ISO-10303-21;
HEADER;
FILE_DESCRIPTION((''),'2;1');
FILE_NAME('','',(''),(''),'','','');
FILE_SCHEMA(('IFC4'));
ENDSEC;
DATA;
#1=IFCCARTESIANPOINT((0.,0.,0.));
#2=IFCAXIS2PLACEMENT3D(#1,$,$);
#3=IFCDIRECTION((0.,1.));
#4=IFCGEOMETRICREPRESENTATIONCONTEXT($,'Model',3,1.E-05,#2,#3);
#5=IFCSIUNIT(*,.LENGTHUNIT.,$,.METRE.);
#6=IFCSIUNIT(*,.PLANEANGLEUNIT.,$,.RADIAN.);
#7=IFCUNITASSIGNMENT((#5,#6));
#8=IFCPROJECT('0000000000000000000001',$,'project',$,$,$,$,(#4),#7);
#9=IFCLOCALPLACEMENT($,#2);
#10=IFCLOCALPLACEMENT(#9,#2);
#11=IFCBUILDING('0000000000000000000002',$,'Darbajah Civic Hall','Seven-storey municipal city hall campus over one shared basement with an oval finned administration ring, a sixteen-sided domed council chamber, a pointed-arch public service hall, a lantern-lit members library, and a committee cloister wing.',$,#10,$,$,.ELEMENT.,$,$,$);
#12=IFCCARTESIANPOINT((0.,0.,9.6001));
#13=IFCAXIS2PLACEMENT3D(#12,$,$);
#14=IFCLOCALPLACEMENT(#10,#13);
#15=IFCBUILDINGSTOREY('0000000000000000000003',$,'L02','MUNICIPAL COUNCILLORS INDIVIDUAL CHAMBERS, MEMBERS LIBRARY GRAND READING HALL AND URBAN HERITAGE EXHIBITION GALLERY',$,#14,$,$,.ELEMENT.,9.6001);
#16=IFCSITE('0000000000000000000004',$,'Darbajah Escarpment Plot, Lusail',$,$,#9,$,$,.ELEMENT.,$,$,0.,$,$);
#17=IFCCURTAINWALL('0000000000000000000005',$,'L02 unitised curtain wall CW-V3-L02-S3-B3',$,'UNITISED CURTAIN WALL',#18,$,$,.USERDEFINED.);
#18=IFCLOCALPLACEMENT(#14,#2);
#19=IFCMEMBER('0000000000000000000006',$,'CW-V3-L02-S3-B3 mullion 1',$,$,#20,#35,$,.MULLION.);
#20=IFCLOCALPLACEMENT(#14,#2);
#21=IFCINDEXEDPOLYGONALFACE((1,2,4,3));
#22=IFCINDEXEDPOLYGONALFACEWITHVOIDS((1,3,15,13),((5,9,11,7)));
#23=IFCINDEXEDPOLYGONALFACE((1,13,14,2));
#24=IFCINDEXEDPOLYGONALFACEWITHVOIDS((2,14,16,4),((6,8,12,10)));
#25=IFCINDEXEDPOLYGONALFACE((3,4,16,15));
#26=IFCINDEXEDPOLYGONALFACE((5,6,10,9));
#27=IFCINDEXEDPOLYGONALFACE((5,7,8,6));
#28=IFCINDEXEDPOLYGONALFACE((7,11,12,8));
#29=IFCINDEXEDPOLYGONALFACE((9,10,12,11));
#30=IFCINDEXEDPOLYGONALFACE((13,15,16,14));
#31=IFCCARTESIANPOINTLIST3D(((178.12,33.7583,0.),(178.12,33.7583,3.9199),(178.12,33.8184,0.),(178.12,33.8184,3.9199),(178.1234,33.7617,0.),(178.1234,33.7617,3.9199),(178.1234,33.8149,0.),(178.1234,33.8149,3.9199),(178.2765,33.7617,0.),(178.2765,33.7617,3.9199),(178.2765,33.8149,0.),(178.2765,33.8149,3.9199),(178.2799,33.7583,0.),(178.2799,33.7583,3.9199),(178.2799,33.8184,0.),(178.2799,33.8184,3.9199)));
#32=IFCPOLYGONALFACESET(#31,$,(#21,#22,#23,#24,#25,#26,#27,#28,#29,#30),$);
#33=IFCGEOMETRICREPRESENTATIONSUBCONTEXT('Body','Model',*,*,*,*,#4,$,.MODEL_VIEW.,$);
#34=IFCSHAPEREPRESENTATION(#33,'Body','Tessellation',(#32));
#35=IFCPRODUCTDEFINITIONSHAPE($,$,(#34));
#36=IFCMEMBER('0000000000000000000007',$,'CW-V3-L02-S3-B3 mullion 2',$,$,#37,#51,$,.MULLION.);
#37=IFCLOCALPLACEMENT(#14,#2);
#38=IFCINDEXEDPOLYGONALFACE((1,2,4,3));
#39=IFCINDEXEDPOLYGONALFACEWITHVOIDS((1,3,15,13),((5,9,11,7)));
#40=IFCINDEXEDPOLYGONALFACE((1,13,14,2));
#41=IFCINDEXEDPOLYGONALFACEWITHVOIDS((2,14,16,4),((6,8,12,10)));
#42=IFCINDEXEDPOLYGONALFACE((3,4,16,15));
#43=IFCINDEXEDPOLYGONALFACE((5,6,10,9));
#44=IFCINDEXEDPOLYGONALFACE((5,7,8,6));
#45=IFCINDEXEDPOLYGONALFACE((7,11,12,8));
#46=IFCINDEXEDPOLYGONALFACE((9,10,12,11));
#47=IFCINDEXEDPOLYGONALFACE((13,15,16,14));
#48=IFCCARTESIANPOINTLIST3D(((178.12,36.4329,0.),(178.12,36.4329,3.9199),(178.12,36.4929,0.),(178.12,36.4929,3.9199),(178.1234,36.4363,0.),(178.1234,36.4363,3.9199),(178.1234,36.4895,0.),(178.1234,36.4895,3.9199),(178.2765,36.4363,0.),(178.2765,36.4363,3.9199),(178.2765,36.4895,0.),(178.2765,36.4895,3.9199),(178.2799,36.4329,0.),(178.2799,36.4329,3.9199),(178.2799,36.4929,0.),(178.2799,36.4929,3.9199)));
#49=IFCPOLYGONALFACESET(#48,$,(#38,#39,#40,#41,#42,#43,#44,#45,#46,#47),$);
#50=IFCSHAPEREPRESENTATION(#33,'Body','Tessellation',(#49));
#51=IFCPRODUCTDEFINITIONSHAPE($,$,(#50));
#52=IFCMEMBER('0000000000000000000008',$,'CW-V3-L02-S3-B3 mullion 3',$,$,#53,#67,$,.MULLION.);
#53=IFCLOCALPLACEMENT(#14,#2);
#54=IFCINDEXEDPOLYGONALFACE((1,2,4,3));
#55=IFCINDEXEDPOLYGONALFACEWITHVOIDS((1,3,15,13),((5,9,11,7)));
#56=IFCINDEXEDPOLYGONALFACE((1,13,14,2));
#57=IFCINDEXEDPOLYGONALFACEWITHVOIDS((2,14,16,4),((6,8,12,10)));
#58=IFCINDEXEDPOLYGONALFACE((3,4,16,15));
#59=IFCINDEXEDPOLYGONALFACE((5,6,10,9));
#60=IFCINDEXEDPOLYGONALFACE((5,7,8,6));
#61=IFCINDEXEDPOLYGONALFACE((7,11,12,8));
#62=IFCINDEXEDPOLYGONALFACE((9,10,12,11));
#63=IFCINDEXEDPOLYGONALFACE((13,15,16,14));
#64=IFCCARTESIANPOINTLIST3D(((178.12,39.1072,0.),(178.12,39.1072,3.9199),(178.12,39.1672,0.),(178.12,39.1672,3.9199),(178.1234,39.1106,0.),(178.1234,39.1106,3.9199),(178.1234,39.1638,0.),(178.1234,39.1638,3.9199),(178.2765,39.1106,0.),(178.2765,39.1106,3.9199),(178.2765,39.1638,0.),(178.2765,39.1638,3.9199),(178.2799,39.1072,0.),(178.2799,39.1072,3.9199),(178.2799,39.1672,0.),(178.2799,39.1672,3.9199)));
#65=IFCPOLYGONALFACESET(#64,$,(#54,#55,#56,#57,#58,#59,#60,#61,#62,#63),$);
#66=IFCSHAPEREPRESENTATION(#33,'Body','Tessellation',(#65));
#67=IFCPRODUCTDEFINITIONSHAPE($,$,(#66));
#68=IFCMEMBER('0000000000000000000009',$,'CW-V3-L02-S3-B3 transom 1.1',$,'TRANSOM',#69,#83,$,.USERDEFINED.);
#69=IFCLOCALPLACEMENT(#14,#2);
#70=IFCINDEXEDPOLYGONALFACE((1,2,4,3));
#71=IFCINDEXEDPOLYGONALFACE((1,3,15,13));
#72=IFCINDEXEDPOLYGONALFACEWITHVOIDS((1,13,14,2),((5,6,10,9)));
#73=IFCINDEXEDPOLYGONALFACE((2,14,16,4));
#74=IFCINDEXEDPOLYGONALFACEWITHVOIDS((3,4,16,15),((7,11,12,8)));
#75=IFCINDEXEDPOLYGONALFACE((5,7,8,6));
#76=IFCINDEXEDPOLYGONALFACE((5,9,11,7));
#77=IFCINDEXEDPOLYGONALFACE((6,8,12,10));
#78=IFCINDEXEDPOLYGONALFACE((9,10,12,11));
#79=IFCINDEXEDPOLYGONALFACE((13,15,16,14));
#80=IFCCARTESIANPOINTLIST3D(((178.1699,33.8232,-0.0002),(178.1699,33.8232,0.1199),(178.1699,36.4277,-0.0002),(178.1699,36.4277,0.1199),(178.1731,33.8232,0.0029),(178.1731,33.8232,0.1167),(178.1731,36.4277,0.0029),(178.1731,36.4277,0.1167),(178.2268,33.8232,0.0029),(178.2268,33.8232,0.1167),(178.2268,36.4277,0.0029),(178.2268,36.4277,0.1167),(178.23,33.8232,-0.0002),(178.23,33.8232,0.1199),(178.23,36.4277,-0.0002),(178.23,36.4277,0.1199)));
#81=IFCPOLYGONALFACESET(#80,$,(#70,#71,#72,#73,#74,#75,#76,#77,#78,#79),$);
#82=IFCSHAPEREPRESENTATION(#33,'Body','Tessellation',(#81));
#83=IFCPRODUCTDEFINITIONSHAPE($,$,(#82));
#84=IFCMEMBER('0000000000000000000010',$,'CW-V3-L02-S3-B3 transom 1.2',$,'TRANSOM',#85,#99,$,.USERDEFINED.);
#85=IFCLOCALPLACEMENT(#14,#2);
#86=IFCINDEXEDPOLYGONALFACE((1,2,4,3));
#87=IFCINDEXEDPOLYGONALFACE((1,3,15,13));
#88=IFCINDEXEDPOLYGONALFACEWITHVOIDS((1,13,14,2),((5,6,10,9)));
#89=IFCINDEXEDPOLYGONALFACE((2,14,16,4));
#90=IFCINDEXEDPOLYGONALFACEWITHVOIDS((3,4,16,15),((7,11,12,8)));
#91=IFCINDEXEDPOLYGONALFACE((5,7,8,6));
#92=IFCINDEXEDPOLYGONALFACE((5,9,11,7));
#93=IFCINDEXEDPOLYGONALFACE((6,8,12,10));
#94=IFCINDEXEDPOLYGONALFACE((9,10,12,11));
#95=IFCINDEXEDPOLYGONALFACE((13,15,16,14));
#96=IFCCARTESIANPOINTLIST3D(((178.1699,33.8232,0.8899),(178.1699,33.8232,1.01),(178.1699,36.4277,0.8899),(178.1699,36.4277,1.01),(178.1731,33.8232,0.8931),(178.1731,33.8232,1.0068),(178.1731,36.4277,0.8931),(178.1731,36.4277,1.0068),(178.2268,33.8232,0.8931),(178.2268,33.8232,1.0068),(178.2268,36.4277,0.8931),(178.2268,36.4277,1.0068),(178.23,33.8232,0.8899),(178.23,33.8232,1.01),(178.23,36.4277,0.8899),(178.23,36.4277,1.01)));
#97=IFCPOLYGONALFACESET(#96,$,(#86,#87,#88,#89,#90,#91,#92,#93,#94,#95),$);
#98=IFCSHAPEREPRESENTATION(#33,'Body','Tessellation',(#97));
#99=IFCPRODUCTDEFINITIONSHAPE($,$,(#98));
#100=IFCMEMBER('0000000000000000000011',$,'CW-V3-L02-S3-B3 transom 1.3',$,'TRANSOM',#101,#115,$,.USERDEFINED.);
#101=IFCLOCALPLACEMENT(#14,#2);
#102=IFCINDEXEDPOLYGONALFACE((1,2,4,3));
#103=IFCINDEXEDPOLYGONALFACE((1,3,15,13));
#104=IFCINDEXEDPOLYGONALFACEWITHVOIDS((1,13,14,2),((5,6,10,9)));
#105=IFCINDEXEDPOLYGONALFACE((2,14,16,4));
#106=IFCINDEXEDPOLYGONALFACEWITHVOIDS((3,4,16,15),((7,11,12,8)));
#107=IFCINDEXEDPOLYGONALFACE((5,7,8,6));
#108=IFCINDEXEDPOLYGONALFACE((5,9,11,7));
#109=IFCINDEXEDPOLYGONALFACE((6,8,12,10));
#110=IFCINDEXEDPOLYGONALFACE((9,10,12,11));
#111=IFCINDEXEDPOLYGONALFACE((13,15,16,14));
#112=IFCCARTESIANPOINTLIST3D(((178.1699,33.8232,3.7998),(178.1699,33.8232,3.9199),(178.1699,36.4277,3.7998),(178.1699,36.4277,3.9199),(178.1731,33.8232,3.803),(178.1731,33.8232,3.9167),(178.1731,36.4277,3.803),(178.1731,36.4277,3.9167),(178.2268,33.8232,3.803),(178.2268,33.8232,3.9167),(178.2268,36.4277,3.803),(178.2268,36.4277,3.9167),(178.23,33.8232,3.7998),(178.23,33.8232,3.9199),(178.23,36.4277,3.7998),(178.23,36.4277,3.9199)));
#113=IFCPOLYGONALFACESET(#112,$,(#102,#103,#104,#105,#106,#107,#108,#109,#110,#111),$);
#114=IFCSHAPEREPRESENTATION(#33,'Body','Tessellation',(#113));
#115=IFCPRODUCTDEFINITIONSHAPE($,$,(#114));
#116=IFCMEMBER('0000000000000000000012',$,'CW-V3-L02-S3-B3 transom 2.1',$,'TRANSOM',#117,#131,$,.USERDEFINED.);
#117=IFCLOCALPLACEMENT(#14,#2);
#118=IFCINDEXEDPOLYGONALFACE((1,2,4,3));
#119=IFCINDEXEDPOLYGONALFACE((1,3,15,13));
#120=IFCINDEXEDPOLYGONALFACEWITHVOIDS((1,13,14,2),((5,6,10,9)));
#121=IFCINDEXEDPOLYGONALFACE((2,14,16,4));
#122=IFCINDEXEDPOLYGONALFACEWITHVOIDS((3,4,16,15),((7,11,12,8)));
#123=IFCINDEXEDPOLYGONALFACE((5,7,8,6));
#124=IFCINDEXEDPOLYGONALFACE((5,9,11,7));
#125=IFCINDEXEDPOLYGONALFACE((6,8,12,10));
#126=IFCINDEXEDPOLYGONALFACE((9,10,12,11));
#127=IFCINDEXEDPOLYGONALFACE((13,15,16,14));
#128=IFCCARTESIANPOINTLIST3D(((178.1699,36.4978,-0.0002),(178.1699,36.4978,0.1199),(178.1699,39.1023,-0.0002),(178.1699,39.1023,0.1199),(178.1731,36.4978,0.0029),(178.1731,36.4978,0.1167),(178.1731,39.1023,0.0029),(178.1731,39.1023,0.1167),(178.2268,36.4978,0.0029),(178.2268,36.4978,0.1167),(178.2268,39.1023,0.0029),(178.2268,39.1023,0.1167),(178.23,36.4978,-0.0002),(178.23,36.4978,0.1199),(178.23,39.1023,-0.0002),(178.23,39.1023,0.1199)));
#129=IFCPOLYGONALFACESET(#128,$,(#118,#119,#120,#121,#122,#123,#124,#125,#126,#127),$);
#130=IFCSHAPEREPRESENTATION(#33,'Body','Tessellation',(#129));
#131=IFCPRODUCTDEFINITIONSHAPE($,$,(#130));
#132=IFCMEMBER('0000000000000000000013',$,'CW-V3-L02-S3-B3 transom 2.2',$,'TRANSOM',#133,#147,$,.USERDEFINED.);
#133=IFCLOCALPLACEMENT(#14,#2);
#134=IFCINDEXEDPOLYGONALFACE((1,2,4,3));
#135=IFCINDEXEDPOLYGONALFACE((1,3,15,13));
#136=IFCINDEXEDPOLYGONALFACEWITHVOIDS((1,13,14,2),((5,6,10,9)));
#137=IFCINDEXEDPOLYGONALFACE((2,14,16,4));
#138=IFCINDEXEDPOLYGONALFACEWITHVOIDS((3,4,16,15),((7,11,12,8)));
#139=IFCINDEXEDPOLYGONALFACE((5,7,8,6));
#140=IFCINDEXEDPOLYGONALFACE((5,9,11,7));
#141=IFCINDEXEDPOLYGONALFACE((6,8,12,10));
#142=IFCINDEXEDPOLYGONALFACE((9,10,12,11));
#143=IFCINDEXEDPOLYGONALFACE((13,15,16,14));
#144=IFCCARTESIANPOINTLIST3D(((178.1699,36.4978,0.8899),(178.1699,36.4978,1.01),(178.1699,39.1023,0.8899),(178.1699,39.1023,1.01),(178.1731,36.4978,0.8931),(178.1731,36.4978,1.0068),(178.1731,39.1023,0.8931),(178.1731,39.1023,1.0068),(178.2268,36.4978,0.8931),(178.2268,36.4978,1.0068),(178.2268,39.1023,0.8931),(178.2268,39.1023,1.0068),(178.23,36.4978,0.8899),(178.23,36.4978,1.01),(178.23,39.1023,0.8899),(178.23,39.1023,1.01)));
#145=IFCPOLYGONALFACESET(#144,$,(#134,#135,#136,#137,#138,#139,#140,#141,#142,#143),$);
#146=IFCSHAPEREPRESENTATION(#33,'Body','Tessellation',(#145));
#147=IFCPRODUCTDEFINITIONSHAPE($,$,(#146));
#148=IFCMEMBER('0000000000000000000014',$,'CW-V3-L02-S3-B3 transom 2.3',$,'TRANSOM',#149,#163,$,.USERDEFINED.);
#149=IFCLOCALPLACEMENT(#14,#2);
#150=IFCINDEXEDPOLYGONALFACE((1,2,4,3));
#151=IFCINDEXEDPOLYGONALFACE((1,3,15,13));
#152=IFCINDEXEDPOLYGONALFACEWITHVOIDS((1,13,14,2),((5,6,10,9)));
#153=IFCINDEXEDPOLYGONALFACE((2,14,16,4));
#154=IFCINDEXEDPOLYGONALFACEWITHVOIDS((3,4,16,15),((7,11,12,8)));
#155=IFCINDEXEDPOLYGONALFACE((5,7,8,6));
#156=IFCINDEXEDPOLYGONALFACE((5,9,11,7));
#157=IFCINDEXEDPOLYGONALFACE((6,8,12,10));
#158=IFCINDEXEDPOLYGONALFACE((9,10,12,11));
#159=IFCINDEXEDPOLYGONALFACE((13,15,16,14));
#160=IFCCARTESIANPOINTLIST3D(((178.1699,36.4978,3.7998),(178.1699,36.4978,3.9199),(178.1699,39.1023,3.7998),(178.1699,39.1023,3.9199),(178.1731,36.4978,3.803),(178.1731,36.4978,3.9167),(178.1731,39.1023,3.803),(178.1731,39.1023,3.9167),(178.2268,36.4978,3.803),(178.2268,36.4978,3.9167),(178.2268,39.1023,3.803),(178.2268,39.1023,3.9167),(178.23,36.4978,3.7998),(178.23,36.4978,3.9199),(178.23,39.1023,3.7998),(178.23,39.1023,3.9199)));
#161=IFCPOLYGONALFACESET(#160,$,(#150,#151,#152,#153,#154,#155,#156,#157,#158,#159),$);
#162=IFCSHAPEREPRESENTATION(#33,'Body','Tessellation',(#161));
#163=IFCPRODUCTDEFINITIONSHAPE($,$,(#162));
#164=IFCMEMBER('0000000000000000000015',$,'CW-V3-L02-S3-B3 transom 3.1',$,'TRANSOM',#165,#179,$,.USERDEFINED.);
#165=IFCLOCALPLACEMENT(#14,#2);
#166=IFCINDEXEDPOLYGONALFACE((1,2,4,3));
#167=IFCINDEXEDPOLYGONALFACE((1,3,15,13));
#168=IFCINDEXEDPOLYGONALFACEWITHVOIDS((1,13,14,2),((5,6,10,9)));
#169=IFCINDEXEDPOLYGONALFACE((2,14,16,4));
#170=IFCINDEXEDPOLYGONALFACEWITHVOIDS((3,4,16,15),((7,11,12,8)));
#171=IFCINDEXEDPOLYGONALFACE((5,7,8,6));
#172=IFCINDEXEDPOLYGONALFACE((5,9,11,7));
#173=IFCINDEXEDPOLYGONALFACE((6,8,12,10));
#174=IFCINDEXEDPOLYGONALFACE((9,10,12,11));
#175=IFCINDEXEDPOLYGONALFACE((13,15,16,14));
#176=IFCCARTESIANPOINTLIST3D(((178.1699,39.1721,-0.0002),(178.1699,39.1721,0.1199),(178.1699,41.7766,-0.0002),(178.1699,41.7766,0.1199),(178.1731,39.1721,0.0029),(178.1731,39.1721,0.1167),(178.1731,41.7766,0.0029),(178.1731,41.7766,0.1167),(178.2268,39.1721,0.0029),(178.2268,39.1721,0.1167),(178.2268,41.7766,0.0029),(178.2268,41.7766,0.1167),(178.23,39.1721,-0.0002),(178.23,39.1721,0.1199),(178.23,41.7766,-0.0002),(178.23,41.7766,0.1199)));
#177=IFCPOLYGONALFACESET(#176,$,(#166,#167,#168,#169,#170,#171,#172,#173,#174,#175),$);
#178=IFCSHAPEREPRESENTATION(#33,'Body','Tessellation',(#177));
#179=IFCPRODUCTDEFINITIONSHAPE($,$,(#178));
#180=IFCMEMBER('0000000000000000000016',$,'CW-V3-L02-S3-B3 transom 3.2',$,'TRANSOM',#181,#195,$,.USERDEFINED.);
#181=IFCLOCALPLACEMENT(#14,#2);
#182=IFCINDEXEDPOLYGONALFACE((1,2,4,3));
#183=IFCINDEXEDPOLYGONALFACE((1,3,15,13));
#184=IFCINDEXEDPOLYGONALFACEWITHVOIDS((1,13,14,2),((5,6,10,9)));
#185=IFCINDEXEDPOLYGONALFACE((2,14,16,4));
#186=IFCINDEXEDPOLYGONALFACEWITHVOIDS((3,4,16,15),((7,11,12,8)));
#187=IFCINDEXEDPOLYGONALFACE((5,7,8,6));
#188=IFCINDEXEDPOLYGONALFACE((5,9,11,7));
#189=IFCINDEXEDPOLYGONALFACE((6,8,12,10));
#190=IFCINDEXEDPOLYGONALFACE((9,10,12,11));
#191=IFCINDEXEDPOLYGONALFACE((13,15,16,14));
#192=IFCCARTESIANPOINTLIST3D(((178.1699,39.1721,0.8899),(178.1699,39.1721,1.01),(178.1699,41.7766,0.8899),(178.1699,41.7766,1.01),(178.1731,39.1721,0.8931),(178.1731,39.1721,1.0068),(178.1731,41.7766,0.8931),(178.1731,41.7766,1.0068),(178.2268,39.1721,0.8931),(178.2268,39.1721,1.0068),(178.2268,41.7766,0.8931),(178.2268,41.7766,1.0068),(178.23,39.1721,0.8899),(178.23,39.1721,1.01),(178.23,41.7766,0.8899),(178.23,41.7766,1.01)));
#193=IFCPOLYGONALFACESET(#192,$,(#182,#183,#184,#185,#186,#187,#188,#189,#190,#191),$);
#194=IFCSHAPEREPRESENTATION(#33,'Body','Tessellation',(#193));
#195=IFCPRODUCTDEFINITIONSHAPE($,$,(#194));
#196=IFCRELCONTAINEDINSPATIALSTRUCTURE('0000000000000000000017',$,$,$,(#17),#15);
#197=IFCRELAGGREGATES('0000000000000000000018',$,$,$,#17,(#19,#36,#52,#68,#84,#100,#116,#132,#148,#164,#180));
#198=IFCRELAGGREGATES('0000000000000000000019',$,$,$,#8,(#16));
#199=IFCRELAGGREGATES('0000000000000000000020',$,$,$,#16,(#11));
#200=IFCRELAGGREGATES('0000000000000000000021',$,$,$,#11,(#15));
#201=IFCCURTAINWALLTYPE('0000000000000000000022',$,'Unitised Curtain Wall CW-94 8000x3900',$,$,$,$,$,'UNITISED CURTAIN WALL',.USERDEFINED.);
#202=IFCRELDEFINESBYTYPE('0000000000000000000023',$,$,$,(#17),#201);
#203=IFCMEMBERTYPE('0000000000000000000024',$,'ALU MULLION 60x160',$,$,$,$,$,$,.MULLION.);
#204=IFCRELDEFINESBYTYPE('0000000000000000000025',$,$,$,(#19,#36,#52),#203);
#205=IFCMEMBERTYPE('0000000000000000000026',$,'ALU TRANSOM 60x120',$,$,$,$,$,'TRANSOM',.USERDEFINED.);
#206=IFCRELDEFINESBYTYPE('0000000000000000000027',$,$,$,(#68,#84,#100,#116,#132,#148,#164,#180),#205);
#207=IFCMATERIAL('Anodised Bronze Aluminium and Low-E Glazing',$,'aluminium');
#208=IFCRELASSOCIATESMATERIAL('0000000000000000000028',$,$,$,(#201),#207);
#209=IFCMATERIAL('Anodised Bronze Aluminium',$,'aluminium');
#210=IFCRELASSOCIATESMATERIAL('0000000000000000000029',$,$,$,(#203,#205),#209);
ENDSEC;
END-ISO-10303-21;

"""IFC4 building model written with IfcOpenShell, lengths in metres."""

from ifc_helpers import new_model, si_unit, direction, frame, origin, origin_2d, place, context, subcontext, project, spatial, hollow_rectangle, extrude, material, material_profile, profile_set, type_object, element, aggregate, save


model = new_model("IFC4")

# Units and contexts
model_context = context("Model", 3, precision=1e-05, world=origin(), true_north=direction((0.0, 1.0)))
body_context = subcontext(model_context, "Body", "Model", "MODEL_VIEW")
ifc_project = project(units=[si_unit("LENGTHUNIT", "METRE"), si_unit("PLANEANGLEUNIT", "RADIAN")], contexts=[model_context])

# Site, building, storey
site_placement = place(None, origin())
site = spatial("IfcSite", under=ifc_project, at=site_placement, Name="Darbajah Escarpment Plot, Lusail", CompositionType="ELEMENT", RefElevation=0.0)
building_placement = place(site_placement, origin())
building = spatial("IfcBuilding", under=site, at=building_placement, Name="Darbajah Civic Hall", Description="Seven-storey municipal city hall campus over one shared basement with an oval finned administration ring, a sixteen-sided domed council chamber, a pointed-arch public service hall, a lantern-lit members library, and a committee cloister wing.", CompositionType="ELEMENT")
storey_placement = place(building_placement, frame((0.0, 0.0, 9.6001)))
storey = spatial("IfcBuildingStorey", under=building, at=storey_placement, Name="L02", Description="MUNICIPAL COUNCILLORS INDIVIDUAL CHAMBERS, MEMBERS LIBRARY GRAND READING HALL AND URBAN HERITAGE EXHIBITION GALLERY", CompositionType="ELEMENT", Elevation=9.6001)

# Curtain wall, members
ifc_material_1 = material(Name="Anodised Bronze Aluminium and Low-E Glazing", Category="aluminium")
curtain_wall_type = type_object("IfcCurtainWallType", Name="Unitised Curtain Wall CW-94 8000x3900", ElementType="UNITISED CURTAIN WALL", PredefinedType="USERDEFINED", material=ifc_material_1)
curtain_wall_placement = place(storey_placement, origin())
curtain_wall = element("IfcCurtainWall", 1, at=curtain_wall_placement, inside=storey, type_object=curtain_wall_type, Name="L02 unitised curtain wall CW-V3-L02-S3-B3", ObjectType="UNITISED CURTAIN WALL", PredefinedType="USERDEFINED")
ifc_material_2 = material(Name="Anodised Bronze Aluminium", Category="aluminium")
ifc_material_profile_1 = material_profile(ifc_material_2, hollow_rectangle(XDim=0.0601, YDim=0.1599, WallThickness=0.0034, at=origin_2d()), Name="ALU MULLION 60x160")
ifc_profile_set_1 = profile_set([ifc_material_profile_1], Name="Anodised Bronze Aluminium")
member_type_1 = type_object("IfcMemberType", Name="ALU MULLION 60x160", PredefinedType="MULLION", material=ifc_profile_set_1)
member_1_placement = place(storey_placement, frame((178.2, 33.7883, 0.0), z_axis=(0.0, 0.0, 1.0), x_axis=(0.0, 1.0, 0.0)))
member_1 = element("IfcMember", 2, at=member_1_placement, type_object=member_type_1, Name="CW-V3-L02-S3-B3 mullion 1", PredefinedType="MULLION", context=body_context, shape_type="SweptSolid", body=[
    extrude(hollow_rectangle(XDim=0.0601, YDim=0.1599, WallThickness=0.0034, at=origin_2d()), origin(), (0.0, 0.0, 1.0), 3.9199),
])
member_2_placement = place(storey_placement, frame((178.2, 36.4629, 0.0), z_axis=(0.0, 0.0, 1.0), x_axis=(0.0, 1.0, 0.0)))
member_2 = element("IfcMember", 3, at=member_2_placement, type_object=member_type_1, Name="CW-V3-L02-S3-B3 mullion 2", PredefinedType="MULLION", context=body_context, shape_type="SweptSolid", body=[
    extrude(hollow_rectangle(XDim=0.0601, YDim=0.1599, WallThickness=0.0034, at=origin_2d()), origin(), (0.0, 0.0, 1.0), 3.9199),
])
member_3_placement = place(storey_placement, frame((178.2, 39.1372, 0.0), z_axis=(0.0, 0.0, 1.0), x_axis=(0.0, 1.0, 0.0)))
member_3 = element("IfcMember", 4, at=member_3_placement, type_object=member_type_1, Name="CW-V3-L02-S3-B3 mullion 3", PredefinedType="MULLION", context=body_context, shape_type="SweptSolid", body=[
    extrude(hollow_rectangle(XDim=0.0601, YDim=0.1599, WallThickness=0.0034, at=origin_2d()), origin(), (0.0, 0.0, 1.0), 3.9199),
])
ifc_material_profile_2 = material_profile(ifc_material_2, hollow_rectangle(XDim=0.0601, YDim=0.1201, WallThickness=0.0032, at=origin_2d()), Name="ALU TRANSOM 60x120")
ifc_profile_set_2 = profile_set([ifc_material_profile_2], Name="Anodised Bronze Aluminium")
member_type_2 = type_object("IfcMemberType", Name="ALU TRANSOM 60x120", ElementType="TRANSOM", PredefinedType="USERDEFINED", material=ifc_profile_set_2)
member_4_placement = place(storey_placement, frame((178.2, 33.8232, 0.0598), z_axis=(0.0, 1.0, 0.0), x_axis=(-1.0, 0.0, 0.0)))
member_4 = element("IfcMember", 5, at=member_4_placement, type_object=member_type_2, Name="CW-V3-L02-S3-B3 transom 1.1", ObjectType="TRANSOM", PredefinedType="USERDEFINED", context=body_context, shape_type="SweptSolid", body=[
    extrude(hollow_rectangle(XDim=0.0601, YDim=0.1201, WallThickness=0.0032, at=origin_2d()), origin(), (0.0, 0.0, 1.0), 2.6045),
])
member_5_placement = place(storey_placement, frame((178.2, 33.8232, 0.95), z_axis=(0.0, 1.0, 0.0), x_axis=(-1.0, 0.0, 0.0)))
member_5 = element("IfcMember", 6, at=member_5_placement, type_object=member_type_2, Name="CW-V3-L02-S3-B3 transom 1.2", ObjectType="TRANSOM", PredefinedType="USERDEFINED", context=body_context, shape_type="SweptSolid", body=[
    extrude(hollow_rectangle(XDim=0.0601, YDim=0.1201, WallThickness=0.0032, at=origin_2d()), origin(), (0.0, 0.0, 1.0), 2.6045),
])
member_6_placement = place(storey_placement, frame((178.2, 33.8232, 3.8599), z_axis=(0.0, 1.0, 0.0), x_axis=(-1.0, 0.0, 0.0)))
member_6 = element("IfcMember", 7, at=member_6_placement, type_object=member_type_2, Name="CW-V3-L02-S3-B3 transom 1.3", ObjectType="TRANSOM", PredefinedType="USERDEFINED", context=body_context, shape_type="SweptSolid", body=[
    extrude(hollow_rectangle(XDim=0.0601, YDim=0.1201, WallThickness=0.0032, at=origin_2d()), origin(), (0.0, 0.0, 1.0), 2.6045),
])
member_7_placement = place(storey_placement, frame((178.2, 36.4978, 0.0598), z_axis=(0.0, 1.0, 0.0), x_axis=(-1.0, 0.0, 0.0)))
member_7 = element("IfcMember", 8, at=member_7_placement, type_object=member_type_2, Name="CW-V3-L02-S3-B3 transom 2.1", ObjectType="TRANSOM", PredefinedType="USERDEFINED", context=body_context, shape_type="SweptSolid", body=[
    extrude(hollow_rectangle(XDim=0.0601, YDim=0.1201, WallThickness=0.0032, at=origin_2d()), origin(), (0.0, 0.0, 1.0), 2.6045),
])
member_8_placement = place(storey_placement, frame((178.2, 36.4978, 0.95), z_axis=(0.0, 1.0, 0.0), x_axis=(-1.0, 0.0, 0.0)))
member_8 = element("IfcMember", 9, at=member_8_placement, type_object=member_type_2, Name="CW-V3-L02-S3-B3 transom 2.2", ObjectType="TRANSOM", PredefinedType="USERDEFINED", context=body_context, shape_type="SweptSolid", body=[
    extrude(hollow_rectangle(XDim=0.0601, YDim=0.1201, WallThickness=0.0032, at=origin_2d()), origin(), (0.0, 0.0, 1.0), 2.6045),
])
member_9_placement = place(storey_placement, frame((178.2, 36.4978, 3.8599), z_axis=(0.0, 1.0, 0.0), x_axis=(-1.0, 0.0, 0.0)))
member_9 = element("IfcMember", 10, at=member_9_placement, type_object=member_type_2, Name="CW-V3-L02-S3-B3 transom 2.3", ObjectType="TRANSOM", PredefinedType="USERDEFINED", context=body_context, shape_type="SweptSolid", body=[
    extrude(hollow_rectangle(XDim=0.0601, YDim=0.1201, WallThickness=0.0032, at=origin_2d()), origin(), (0.0, 0.0, 1.0), 2.6045),
])
member_10_placement = place(storey_placement, frame((178.2, 39.1721, 0.0598), z_axis=(0.0, 1.0, 0.0), x_axis=(-1.0, 0.0, 0.0)))
member_10 = element("IfcMember", 11, at=member_10_placement, type_object=member_type_2, Name="CW-V3-L02-S3-B3 transom 3.1", ObjectType="TRANSOM", PredefinedType="USERDEFINED", context=body_context, shape_type="SweptSolid", body=[
    extrude(hollow_rectangle(XDim=0.0601, YDim=0.1201, WallThickness=0.0032, at=origin_2d()), origin(), (0.0, 0.0, 1.0), 2.6045),
])
member_11_placement = place(storey_placement, frame((178.2, 39.1721, 0.95), z_axis=(0.0, 1.0, 0.0), x_axis=(-1.0, 0.0, 0.0)))
member_11 = element("IfcMember", 12, at=member_11_placement, type_object=member_type_2, Name="CW-V3-L02-S3-B3 transom 3.2", ObjectType="TRANSOM", PredefinedType="USERDEFINED", context=body_context, shape_type="SweptSolid", body=[
    extrude(hollow_rectangle(XDim=0.0601, YDim=0.1201, WallThickness=0.0032, at=origin_2d()), origin(), (0.0, 0.0, 1.0), 2.6045),
])

aggregate(curtain_wall, [member_1, member_2, member_3, member_4, member_5, member_6, member_7, member_8, member_9, member_10, member_11])

save(model, "model.ifc")
